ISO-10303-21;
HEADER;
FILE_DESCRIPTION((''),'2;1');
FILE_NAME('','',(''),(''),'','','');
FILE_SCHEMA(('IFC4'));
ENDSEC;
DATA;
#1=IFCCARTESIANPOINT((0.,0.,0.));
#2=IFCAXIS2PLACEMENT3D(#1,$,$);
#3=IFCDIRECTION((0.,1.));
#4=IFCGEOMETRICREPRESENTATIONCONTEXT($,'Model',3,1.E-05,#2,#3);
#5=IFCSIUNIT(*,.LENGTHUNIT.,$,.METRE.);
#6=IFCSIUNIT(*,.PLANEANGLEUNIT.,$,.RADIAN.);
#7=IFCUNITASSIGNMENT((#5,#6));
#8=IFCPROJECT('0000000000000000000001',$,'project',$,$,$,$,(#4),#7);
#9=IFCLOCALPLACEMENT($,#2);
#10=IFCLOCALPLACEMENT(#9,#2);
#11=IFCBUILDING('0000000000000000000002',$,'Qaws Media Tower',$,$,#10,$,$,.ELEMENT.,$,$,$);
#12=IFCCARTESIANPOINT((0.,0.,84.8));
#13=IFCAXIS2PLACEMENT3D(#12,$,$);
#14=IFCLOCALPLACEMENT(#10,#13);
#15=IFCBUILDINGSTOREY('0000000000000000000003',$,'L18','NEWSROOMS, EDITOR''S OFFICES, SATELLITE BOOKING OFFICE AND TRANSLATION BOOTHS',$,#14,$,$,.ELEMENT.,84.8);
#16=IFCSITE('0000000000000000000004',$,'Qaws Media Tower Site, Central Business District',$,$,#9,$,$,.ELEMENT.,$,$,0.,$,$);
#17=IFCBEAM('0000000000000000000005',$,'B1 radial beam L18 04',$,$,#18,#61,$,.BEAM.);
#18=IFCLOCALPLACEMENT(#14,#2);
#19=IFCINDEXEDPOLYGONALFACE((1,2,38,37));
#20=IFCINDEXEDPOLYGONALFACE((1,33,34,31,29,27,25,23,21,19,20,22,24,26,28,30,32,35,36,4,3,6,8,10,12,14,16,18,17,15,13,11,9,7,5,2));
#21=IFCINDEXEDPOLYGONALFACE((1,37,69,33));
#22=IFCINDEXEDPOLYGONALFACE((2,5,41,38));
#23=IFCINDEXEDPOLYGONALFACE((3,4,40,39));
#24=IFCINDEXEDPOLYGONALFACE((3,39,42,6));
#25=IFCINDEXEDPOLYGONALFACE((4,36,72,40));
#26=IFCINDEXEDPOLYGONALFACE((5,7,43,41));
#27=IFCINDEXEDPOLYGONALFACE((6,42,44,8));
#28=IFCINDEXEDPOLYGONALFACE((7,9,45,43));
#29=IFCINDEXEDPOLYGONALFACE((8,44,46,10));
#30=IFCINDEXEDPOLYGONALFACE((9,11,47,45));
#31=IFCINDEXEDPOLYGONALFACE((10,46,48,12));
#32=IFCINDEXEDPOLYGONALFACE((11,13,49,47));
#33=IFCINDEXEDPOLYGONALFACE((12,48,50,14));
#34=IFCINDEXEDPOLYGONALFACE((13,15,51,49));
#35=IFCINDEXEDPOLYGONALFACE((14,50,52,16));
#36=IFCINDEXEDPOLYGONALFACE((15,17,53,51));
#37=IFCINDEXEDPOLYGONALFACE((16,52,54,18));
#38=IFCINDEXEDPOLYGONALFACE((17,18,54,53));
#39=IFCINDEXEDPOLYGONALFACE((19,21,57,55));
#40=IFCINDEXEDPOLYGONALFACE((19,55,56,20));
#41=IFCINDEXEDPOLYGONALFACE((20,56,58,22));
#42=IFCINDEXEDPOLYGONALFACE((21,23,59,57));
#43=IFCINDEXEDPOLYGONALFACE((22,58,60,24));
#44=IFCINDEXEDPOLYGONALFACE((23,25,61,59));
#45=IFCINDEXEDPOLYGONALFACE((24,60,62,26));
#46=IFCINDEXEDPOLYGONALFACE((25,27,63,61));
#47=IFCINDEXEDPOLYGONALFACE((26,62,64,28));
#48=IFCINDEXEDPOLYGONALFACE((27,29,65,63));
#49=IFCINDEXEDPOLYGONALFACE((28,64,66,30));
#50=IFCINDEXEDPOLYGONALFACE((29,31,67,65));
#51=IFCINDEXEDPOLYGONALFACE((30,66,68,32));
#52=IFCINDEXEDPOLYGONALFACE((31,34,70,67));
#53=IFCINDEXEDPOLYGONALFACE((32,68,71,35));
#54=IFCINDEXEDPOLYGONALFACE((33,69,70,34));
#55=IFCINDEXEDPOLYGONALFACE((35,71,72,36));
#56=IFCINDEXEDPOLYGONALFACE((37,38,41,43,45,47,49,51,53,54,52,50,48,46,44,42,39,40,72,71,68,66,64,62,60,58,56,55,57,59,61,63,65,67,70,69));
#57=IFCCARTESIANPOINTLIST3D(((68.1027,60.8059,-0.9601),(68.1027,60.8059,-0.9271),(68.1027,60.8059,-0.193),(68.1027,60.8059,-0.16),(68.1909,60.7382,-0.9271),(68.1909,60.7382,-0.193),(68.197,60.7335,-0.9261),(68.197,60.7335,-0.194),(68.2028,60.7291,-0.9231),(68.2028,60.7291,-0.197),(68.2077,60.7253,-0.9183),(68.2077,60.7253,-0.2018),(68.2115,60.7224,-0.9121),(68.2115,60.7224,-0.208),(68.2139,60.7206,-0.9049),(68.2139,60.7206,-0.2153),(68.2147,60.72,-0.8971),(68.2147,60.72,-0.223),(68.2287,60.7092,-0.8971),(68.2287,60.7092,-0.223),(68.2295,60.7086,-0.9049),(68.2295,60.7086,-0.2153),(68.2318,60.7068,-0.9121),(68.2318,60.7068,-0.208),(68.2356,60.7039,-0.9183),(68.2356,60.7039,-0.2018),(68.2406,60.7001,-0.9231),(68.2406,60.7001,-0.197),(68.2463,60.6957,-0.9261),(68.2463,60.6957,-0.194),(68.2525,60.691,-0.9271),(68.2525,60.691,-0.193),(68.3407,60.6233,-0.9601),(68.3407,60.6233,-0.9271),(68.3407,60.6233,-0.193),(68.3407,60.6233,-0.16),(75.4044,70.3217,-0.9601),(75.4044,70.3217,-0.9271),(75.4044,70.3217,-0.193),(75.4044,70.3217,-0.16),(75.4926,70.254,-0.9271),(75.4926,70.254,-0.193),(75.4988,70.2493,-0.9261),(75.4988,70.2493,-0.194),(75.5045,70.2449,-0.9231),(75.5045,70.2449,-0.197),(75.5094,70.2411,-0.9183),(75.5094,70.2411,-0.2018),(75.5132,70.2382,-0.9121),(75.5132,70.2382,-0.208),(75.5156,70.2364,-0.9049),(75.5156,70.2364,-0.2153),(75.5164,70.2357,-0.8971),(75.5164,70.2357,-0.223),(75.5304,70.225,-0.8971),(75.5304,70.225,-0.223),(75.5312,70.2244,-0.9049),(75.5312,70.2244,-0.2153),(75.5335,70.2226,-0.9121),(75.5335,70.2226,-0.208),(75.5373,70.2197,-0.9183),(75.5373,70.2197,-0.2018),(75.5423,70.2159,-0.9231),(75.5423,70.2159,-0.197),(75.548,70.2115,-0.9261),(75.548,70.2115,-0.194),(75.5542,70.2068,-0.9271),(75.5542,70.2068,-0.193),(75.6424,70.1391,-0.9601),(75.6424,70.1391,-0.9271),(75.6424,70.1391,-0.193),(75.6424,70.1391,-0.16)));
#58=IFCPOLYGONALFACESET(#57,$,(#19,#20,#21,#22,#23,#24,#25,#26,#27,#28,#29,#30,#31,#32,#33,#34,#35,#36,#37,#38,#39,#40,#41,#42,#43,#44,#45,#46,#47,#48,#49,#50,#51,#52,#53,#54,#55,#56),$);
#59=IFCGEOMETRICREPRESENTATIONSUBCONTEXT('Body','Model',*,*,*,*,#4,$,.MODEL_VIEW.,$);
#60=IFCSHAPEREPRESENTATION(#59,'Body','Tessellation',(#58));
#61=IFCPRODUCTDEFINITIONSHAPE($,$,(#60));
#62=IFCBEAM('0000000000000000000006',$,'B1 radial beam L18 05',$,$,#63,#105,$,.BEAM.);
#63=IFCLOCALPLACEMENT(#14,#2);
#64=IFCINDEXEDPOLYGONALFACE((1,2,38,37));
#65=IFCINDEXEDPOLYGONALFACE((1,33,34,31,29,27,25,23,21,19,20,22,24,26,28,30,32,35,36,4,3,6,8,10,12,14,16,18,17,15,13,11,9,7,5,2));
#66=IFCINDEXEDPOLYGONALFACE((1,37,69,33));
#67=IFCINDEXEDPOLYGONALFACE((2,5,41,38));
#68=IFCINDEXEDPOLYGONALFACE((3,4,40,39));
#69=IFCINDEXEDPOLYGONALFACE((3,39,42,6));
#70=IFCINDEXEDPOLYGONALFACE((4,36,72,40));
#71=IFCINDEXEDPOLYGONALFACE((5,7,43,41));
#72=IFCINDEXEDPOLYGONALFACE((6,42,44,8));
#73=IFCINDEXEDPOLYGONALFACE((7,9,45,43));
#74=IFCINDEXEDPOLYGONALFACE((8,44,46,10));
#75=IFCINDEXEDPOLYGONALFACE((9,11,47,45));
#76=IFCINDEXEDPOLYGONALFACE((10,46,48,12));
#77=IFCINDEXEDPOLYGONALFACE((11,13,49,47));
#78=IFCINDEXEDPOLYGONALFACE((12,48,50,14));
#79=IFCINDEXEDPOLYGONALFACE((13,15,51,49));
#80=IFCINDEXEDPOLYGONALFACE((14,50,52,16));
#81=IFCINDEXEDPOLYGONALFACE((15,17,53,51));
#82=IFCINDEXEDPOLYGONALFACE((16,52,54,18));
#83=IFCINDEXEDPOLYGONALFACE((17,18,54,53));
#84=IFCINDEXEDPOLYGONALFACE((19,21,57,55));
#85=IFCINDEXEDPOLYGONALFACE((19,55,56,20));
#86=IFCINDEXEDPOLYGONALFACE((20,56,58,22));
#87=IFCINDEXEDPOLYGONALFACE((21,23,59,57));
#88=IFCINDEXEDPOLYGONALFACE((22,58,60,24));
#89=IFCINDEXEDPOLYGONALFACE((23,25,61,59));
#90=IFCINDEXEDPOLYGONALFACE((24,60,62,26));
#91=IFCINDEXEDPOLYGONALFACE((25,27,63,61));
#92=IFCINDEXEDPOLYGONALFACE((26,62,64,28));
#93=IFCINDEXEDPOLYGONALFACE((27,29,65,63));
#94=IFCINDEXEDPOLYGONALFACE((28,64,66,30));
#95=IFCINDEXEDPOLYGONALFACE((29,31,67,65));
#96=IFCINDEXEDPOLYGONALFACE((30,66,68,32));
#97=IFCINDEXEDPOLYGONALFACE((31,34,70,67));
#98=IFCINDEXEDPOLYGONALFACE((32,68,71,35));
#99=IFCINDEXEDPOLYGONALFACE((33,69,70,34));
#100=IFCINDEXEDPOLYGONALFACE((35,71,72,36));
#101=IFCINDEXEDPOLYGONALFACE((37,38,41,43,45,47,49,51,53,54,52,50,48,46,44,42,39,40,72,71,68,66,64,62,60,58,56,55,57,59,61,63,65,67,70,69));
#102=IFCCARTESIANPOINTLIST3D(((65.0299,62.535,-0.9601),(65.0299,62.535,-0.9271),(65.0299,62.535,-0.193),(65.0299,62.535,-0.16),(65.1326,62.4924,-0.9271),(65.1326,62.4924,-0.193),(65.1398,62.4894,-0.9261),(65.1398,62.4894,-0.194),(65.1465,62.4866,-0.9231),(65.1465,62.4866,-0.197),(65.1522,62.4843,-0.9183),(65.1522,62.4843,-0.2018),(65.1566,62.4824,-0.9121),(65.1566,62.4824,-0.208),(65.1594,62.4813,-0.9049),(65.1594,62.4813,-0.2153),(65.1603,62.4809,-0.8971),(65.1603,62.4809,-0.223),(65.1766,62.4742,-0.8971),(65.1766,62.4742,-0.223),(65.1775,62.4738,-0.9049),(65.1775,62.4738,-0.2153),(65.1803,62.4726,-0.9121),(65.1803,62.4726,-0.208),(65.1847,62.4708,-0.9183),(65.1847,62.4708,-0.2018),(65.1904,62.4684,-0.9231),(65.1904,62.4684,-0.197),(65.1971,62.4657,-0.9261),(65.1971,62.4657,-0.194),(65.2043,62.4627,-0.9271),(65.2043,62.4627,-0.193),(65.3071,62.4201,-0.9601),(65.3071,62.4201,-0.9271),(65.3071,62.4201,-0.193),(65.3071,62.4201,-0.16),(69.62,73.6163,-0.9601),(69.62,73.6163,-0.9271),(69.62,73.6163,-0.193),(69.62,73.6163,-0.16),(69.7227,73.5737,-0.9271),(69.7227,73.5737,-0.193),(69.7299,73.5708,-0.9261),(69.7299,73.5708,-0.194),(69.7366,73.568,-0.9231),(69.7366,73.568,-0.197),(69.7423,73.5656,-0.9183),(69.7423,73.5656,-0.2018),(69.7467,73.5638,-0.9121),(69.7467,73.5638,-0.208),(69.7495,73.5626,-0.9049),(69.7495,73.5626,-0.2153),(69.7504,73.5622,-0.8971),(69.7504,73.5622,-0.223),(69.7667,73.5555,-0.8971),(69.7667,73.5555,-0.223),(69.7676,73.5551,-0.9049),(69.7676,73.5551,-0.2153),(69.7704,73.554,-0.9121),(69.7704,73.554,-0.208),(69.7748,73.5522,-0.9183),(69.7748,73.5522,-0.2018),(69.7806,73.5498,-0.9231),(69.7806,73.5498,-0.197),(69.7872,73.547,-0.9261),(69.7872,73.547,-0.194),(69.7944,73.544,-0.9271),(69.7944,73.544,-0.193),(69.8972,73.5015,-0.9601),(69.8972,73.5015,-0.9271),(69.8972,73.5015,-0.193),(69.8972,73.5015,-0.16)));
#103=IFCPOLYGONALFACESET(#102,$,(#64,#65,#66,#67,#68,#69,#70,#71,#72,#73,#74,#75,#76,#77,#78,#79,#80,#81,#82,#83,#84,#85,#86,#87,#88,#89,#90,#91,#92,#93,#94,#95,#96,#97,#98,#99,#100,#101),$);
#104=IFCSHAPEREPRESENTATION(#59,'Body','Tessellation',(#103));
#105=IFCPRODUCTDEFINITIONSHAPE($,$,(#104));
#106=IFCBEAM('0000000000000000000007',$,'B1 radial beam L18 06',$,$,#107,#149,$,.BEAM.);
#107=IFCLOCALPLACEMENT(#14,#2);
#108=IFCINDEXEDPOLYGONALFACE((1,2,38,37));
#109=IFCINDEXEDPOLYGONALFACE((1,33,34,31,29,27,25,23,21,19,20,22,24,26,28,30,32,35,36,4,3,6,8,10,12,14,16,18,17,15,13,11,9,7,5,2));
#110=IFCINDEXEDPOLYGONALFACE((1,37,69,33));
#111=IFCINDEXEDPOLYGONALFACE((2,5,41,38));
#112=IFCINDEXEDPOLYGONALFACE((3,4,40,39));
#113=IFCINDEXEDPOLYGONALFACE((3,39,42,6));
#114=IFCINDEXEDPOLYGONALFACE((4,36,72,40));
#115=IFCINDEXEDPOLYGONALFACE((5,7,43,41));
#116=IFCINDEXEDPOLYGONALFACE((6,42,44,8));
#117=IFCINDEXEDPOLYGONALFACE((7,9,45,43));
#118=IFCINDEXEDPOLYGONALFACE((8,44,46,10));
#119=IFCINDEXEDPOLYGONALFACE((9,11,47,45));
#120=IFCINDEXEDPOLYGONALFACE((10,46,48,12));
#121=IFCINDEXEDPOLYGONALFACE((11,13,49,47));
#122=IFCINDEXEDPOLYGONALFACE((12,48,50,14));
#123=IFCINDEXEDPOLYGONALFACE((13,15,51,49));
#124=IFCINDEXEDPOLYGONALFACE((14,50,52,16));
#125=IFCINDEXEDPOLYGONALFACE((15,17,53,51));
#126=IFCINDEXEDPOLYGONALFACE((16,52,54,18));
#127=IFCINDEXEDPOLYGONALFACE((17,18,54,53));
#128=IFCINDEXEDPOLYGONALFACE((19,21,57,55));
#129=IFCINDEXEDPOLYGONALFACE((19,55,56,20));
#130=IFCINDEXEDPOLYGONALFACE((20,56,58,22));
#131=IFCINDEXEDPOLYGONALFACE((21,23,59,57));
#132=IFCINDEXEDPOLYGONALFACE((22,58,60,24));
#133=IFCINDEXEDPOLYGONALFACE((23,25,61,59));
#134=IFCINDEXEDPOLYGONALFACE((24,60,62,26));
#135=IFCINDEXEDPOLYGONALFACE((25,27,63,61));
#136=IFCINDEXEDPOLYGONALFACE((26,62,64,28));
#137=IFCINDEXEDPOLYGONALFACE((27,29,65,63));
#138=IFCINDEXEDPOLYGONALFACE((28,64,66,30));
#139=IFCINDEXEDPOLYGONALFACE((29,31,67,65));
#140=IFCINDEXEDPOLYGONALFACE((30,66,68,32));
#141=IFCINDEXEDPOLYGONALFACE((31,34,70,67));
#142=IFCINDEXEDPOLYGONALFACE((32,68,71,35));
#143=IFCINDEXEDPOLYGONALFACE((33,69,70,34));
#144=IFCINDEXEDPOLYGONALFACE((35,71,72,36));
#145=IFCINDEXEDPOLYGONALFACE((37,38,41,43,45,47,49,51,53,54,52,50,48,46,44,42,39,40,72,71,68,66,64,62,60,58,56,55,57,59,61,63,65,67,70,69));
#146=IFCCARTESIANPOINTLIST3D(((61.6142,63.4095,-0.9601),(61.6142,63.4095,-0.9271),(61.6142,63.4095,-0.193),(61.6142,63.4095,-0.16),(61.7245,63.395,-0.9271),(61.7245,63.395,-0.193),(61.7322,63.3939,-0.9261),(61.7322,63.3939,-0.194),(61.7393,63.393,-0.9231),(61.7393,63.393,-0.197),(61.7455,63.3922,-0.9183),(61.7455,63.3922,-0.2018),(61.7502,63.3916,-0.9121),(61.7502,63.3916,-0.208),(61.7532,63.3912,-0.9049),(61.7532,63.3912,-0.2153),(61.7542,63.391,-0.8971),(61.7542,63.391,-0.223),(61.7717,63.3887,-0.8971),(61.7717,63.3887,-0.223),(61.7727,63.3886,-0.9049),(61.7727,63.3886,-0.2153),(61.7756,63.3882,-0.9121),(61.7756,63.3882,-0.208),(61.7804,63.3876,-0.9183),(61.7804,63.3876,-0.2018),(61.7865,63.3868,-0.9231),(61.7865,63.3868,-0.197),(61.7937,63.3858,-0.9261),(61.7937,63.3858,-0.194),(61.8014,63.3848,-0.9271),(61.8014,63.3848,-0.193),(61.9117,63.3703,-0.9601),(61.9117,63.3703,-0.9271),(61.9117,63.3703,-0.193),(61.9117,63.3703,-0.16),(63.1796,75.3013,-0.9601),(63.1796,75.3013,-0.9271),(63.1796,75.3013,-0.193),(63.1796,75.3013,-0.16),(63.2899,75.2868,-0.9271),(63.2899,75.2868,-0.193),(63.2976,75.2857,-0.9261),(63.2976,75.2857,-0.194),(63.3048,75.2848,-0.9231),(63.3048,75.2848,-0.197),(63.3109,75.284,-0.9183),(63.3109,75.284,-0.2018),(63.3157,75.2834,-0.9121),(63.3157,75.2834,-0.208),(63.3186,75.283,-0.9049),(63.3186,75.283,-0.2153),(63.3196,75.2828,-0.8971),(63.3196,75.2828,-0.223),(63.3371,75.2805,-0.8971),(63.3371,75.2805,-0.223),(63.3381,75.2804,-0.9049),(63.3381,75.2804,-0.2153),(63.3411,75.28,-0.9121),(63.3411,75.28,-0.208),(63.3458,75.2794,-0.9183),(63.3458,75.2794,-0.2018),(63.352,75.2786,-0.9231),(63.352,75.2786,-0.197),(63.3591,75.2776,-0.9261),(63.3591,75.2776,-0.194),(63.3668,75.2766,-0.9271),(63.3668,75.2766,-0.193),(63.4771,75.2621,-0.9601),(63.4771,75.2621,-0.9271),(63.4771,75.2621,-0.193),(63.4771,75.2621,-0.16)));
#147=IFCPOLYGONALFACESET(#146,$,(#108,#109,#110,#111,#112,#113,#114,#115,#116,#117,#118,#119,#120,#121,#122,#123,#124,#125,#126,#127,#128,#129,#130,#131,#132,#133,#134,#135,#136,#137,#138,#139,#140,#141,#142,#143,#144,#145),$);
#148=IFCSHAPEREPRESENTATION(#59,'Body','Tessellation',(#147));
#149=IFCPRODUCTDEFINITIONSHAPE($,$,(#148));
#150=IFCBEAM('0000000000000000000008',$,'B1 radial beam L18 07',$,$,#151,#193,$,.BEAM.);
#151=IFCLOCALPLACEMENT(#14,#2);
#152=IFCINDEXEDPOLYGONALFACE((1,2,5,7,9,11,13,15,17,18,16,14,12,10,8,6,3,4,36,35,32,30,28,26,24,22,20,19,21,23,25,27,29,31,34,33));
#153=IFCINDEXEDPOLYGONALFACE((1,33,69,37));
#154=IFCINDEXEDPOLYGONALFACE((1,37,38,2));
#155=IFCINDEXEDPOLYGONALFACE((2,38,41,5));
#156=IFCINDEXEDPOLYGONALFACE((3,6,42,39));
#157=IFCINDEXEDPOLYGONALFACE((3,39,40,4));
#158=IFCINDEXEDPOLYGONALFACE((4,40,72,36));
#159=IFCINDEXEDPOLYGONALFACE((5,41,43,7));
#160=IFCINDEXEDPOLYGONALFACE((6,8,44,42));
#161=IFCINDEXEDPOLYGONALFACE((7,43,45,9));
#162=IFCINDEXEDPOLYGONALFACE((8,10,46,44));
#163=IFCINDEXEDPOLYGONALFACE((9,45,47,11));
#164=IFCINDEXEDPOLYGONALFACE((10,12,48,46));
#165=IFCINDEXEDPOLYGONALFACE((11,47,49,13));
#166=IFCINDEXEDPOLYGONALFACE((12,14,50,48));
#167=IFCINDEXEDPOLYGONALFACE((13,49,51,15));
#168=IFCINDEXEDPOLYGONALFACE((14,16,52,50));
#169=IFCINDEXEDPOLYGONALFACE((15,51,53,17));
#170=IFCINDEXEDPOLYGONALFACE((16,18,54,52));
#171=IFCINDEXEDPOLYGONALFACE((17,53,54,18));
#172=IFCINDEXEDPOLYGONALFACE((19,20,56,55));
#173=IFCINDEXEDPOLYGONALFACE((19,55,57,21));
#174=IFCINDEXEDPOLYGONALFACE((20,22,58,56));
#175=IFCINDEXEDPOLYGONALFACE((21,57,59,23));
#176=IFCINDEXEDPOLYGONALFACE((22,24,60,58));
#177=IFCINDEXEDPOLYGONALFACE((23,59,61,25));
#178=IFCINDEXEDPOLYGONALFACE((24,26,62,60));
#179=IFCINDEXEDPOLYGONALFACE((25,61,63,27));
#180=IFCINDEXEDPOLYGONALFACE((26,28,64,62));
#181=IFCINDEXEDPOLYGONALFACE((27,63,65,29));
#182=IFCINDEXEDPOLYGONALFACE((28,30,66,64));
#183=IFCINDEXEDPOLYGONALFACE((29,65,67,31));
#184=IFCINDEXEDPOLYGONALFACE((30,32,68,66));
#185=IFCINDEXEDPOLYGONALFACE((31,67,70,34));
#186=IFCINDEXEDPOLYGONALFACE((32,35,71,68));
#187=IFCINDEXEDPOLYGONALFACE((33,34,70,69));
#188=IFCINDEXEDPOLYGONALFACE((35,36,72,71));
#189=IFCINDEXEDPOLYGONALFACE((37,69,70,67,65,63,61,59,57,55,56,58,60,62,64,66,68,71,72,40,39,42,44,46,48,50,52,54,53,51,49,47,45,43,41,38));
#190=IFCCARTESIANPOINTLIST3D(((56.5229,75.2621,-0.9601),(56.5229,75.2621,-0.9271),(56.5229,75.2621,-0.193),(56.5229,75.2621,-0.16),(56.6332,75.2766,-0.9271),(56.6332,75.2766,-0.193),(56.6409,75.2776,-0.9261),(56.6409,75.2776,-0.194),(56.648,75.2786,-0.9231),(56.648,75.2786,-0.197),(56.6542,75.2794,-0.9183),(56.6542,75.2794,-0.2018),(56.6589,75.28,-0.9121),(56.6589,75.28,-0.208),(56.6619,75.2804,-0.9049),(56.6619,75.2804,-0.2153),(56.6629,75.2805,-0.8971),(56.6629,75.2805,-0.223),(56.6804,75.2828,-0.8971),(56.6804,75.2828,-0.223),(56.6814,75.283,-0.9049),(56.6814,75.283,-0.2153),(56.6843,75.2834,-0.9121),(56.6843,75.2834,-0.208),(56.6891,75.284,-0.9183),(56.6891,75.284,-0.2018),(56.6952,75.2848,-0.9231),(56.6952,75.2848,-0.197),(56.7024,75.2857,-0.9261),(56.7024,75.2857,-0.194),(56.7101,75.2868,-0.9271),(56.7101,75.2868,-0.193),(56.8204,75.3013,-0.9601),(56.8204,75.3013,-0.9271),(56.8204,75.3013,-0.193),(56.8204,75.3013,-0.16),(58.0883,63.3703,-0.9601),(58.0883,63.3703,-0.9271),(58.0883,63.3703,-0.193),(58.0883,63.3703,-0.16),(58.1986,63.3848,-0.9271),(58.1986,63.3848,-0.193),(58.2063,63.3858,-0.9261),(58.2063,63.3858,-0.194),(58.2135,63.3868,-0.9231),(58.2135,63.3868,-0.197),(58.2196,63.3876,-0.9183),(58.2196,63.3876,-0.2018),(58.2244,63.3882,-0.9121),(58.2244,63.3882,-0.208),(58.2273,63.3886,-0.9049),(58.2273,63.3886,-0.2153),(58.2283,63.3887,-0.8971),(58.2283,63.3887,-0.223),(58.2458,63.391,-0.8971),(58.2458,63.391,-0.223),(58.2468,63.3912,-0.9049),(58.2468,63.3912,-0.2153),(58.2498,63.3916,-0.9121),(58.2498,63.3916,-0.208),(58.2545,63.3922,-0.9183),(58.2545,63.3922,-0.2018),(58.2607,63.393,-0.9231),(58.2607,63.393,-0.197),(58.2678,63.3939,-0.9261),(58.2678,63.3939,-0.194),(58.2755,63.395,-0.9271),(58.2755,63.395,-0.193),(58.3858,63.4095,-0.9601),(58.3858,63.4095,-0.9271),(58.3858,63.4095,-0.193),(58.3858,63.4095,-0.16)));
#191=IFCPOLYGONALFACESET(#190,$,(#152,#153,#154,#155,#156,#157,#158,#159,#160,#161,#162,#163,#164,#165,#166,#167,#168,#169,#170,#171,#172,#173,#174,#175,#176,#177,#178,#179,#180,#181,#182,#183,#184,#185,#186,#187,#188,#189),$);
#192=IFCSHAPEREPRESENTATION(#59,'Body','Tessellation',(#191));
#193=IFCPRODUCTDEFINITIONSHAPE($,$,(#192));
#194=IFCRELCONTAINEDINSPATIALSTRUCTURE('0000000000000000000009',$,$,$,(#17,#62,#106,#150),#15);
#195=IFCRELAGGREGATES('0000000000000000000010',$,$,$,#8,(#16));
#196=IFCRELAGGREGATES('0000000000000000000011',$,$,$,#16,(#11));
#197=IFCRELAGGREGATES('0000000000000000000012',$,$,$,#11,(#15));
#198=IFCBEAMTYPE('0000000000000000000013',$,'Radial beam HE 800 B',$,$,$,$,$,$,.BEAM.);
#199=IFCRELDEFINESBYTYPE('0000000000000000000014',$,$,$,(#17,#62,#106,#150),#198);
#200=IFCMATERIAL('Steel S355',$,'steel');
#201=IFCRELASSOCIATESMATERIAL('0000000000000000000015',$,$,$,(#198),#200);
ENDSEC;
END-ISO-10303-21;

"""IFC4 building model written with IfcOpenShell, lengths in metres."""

from ifc_helpers import new_model, si_unit, direction, frame, origin, origin_2d, place, context, subcontext, project, spatial, i_section, extrude, material, material_profile, profile_set, type_object, element, save


model = new_model("IFC4")

# Units and contexts
model_context = context("Model", 3, precision=1e-05, world=origin(), true_north=direction((0.0, 1.0)))
body_context = subcontext(model_context, "Body", "Model", "MODEL_VIEW")
ifc_project = project(units=[si_unit("LENGTHUNIT", "METRE"), si_unit("PLANEANGLEUNIT", "RADIAN")], contexts=[model_context])

# Site, building, storey
site_placement = place(None, origin())
site = spatial("IfcSite", under=ifc_project, at=site_placement, Name="Qaws Media Tower Site, Central Business District", CompositionType="ELEMENT", RefElevation=0.0)
building_placement = place(site_placement, origin())
building = spatial("IfcBuilding", under=site, at=building_placement, Name="Qaws Media Tower", CompositionType="ELEMENT")
storey_placement = place(building_placement, frame((0.0, 0.0, 84.8)))
storey = spatial("IfcBuildingStorey", under=building, at=storey_placement, Name="L18", Description="NEWSROOMS, EDITOR'S OFFICES, SATELLITE BOOKING OFFICE AND TRANSLATION BOOTHS", CompositionType="ELEMENT", Elevation=84.8)

# Beams
ifc_material_1 = material(Name="Steel S355", Category="steel")
ifc_material_profile_1 = material_profile(ifc_material_1, i_section(OverallWidth=0.3, OverallDepth=0.8, WebThickness=0.0176, FlangeThickness=0.033, FilletRadius=0.03, at=origin_2d()), Name="HE 800 B")
ifc_profile_set_1 = profile_set([ifc_material_profile_1], Name="Steel S355")
beam_type_1 = type_object("IfcBeamType", Name="Radial beam HE 800 B", PredefinedType="BEAM", material=ifc_profile_set_1)
for number, where, z_axis, x_axis, name in (
    (1, (68.2217, 60.7146, -0.5601), (0.60876, 0.793354, 0.0), (-0.793354, 0.60876, 0.0), "B1 radial beam L18 04"),
    (2, (65.1685, 62.4775, -0.5601), (0.382688, 0.923878, 0.0), (-0.923878, 0.382688, 0.0), "B1 radial beam L18 05"),
    (3, (61.7629, 63.3899, -0.5601), (0.130513, 0.991447, 0.0), (-0.991447, 0.130513, 0.0), "B1 radial beam L18 06"),
    (4, (58.2371, 63.3899, -0.5601), (-0.130513, 0.991447, 0.0), (-0.991447, -0.130513, 0.0), "B1 radial beam L18 07"),
):
    element("IfcBeam", number, at=place(storey_placement, frame(where, z_axis=z_axis, x_axis=x_axis)), inside=storey, type_object=beam_type_1, Name=name, PredefinedType="BEAM", context=body_context, shape_type="SweptSolid", body=[
        extrude(i_section(OverallWidth=0.3, OverallDepth=0.8, WebThickness=0.0176, FlangeThickness=0.033, FilletRadius=0.03, at=origin_2d()), origin(), (0.0, 0.0, 1.0), 11.9944),
    ])

save(model, "model.ifc")
